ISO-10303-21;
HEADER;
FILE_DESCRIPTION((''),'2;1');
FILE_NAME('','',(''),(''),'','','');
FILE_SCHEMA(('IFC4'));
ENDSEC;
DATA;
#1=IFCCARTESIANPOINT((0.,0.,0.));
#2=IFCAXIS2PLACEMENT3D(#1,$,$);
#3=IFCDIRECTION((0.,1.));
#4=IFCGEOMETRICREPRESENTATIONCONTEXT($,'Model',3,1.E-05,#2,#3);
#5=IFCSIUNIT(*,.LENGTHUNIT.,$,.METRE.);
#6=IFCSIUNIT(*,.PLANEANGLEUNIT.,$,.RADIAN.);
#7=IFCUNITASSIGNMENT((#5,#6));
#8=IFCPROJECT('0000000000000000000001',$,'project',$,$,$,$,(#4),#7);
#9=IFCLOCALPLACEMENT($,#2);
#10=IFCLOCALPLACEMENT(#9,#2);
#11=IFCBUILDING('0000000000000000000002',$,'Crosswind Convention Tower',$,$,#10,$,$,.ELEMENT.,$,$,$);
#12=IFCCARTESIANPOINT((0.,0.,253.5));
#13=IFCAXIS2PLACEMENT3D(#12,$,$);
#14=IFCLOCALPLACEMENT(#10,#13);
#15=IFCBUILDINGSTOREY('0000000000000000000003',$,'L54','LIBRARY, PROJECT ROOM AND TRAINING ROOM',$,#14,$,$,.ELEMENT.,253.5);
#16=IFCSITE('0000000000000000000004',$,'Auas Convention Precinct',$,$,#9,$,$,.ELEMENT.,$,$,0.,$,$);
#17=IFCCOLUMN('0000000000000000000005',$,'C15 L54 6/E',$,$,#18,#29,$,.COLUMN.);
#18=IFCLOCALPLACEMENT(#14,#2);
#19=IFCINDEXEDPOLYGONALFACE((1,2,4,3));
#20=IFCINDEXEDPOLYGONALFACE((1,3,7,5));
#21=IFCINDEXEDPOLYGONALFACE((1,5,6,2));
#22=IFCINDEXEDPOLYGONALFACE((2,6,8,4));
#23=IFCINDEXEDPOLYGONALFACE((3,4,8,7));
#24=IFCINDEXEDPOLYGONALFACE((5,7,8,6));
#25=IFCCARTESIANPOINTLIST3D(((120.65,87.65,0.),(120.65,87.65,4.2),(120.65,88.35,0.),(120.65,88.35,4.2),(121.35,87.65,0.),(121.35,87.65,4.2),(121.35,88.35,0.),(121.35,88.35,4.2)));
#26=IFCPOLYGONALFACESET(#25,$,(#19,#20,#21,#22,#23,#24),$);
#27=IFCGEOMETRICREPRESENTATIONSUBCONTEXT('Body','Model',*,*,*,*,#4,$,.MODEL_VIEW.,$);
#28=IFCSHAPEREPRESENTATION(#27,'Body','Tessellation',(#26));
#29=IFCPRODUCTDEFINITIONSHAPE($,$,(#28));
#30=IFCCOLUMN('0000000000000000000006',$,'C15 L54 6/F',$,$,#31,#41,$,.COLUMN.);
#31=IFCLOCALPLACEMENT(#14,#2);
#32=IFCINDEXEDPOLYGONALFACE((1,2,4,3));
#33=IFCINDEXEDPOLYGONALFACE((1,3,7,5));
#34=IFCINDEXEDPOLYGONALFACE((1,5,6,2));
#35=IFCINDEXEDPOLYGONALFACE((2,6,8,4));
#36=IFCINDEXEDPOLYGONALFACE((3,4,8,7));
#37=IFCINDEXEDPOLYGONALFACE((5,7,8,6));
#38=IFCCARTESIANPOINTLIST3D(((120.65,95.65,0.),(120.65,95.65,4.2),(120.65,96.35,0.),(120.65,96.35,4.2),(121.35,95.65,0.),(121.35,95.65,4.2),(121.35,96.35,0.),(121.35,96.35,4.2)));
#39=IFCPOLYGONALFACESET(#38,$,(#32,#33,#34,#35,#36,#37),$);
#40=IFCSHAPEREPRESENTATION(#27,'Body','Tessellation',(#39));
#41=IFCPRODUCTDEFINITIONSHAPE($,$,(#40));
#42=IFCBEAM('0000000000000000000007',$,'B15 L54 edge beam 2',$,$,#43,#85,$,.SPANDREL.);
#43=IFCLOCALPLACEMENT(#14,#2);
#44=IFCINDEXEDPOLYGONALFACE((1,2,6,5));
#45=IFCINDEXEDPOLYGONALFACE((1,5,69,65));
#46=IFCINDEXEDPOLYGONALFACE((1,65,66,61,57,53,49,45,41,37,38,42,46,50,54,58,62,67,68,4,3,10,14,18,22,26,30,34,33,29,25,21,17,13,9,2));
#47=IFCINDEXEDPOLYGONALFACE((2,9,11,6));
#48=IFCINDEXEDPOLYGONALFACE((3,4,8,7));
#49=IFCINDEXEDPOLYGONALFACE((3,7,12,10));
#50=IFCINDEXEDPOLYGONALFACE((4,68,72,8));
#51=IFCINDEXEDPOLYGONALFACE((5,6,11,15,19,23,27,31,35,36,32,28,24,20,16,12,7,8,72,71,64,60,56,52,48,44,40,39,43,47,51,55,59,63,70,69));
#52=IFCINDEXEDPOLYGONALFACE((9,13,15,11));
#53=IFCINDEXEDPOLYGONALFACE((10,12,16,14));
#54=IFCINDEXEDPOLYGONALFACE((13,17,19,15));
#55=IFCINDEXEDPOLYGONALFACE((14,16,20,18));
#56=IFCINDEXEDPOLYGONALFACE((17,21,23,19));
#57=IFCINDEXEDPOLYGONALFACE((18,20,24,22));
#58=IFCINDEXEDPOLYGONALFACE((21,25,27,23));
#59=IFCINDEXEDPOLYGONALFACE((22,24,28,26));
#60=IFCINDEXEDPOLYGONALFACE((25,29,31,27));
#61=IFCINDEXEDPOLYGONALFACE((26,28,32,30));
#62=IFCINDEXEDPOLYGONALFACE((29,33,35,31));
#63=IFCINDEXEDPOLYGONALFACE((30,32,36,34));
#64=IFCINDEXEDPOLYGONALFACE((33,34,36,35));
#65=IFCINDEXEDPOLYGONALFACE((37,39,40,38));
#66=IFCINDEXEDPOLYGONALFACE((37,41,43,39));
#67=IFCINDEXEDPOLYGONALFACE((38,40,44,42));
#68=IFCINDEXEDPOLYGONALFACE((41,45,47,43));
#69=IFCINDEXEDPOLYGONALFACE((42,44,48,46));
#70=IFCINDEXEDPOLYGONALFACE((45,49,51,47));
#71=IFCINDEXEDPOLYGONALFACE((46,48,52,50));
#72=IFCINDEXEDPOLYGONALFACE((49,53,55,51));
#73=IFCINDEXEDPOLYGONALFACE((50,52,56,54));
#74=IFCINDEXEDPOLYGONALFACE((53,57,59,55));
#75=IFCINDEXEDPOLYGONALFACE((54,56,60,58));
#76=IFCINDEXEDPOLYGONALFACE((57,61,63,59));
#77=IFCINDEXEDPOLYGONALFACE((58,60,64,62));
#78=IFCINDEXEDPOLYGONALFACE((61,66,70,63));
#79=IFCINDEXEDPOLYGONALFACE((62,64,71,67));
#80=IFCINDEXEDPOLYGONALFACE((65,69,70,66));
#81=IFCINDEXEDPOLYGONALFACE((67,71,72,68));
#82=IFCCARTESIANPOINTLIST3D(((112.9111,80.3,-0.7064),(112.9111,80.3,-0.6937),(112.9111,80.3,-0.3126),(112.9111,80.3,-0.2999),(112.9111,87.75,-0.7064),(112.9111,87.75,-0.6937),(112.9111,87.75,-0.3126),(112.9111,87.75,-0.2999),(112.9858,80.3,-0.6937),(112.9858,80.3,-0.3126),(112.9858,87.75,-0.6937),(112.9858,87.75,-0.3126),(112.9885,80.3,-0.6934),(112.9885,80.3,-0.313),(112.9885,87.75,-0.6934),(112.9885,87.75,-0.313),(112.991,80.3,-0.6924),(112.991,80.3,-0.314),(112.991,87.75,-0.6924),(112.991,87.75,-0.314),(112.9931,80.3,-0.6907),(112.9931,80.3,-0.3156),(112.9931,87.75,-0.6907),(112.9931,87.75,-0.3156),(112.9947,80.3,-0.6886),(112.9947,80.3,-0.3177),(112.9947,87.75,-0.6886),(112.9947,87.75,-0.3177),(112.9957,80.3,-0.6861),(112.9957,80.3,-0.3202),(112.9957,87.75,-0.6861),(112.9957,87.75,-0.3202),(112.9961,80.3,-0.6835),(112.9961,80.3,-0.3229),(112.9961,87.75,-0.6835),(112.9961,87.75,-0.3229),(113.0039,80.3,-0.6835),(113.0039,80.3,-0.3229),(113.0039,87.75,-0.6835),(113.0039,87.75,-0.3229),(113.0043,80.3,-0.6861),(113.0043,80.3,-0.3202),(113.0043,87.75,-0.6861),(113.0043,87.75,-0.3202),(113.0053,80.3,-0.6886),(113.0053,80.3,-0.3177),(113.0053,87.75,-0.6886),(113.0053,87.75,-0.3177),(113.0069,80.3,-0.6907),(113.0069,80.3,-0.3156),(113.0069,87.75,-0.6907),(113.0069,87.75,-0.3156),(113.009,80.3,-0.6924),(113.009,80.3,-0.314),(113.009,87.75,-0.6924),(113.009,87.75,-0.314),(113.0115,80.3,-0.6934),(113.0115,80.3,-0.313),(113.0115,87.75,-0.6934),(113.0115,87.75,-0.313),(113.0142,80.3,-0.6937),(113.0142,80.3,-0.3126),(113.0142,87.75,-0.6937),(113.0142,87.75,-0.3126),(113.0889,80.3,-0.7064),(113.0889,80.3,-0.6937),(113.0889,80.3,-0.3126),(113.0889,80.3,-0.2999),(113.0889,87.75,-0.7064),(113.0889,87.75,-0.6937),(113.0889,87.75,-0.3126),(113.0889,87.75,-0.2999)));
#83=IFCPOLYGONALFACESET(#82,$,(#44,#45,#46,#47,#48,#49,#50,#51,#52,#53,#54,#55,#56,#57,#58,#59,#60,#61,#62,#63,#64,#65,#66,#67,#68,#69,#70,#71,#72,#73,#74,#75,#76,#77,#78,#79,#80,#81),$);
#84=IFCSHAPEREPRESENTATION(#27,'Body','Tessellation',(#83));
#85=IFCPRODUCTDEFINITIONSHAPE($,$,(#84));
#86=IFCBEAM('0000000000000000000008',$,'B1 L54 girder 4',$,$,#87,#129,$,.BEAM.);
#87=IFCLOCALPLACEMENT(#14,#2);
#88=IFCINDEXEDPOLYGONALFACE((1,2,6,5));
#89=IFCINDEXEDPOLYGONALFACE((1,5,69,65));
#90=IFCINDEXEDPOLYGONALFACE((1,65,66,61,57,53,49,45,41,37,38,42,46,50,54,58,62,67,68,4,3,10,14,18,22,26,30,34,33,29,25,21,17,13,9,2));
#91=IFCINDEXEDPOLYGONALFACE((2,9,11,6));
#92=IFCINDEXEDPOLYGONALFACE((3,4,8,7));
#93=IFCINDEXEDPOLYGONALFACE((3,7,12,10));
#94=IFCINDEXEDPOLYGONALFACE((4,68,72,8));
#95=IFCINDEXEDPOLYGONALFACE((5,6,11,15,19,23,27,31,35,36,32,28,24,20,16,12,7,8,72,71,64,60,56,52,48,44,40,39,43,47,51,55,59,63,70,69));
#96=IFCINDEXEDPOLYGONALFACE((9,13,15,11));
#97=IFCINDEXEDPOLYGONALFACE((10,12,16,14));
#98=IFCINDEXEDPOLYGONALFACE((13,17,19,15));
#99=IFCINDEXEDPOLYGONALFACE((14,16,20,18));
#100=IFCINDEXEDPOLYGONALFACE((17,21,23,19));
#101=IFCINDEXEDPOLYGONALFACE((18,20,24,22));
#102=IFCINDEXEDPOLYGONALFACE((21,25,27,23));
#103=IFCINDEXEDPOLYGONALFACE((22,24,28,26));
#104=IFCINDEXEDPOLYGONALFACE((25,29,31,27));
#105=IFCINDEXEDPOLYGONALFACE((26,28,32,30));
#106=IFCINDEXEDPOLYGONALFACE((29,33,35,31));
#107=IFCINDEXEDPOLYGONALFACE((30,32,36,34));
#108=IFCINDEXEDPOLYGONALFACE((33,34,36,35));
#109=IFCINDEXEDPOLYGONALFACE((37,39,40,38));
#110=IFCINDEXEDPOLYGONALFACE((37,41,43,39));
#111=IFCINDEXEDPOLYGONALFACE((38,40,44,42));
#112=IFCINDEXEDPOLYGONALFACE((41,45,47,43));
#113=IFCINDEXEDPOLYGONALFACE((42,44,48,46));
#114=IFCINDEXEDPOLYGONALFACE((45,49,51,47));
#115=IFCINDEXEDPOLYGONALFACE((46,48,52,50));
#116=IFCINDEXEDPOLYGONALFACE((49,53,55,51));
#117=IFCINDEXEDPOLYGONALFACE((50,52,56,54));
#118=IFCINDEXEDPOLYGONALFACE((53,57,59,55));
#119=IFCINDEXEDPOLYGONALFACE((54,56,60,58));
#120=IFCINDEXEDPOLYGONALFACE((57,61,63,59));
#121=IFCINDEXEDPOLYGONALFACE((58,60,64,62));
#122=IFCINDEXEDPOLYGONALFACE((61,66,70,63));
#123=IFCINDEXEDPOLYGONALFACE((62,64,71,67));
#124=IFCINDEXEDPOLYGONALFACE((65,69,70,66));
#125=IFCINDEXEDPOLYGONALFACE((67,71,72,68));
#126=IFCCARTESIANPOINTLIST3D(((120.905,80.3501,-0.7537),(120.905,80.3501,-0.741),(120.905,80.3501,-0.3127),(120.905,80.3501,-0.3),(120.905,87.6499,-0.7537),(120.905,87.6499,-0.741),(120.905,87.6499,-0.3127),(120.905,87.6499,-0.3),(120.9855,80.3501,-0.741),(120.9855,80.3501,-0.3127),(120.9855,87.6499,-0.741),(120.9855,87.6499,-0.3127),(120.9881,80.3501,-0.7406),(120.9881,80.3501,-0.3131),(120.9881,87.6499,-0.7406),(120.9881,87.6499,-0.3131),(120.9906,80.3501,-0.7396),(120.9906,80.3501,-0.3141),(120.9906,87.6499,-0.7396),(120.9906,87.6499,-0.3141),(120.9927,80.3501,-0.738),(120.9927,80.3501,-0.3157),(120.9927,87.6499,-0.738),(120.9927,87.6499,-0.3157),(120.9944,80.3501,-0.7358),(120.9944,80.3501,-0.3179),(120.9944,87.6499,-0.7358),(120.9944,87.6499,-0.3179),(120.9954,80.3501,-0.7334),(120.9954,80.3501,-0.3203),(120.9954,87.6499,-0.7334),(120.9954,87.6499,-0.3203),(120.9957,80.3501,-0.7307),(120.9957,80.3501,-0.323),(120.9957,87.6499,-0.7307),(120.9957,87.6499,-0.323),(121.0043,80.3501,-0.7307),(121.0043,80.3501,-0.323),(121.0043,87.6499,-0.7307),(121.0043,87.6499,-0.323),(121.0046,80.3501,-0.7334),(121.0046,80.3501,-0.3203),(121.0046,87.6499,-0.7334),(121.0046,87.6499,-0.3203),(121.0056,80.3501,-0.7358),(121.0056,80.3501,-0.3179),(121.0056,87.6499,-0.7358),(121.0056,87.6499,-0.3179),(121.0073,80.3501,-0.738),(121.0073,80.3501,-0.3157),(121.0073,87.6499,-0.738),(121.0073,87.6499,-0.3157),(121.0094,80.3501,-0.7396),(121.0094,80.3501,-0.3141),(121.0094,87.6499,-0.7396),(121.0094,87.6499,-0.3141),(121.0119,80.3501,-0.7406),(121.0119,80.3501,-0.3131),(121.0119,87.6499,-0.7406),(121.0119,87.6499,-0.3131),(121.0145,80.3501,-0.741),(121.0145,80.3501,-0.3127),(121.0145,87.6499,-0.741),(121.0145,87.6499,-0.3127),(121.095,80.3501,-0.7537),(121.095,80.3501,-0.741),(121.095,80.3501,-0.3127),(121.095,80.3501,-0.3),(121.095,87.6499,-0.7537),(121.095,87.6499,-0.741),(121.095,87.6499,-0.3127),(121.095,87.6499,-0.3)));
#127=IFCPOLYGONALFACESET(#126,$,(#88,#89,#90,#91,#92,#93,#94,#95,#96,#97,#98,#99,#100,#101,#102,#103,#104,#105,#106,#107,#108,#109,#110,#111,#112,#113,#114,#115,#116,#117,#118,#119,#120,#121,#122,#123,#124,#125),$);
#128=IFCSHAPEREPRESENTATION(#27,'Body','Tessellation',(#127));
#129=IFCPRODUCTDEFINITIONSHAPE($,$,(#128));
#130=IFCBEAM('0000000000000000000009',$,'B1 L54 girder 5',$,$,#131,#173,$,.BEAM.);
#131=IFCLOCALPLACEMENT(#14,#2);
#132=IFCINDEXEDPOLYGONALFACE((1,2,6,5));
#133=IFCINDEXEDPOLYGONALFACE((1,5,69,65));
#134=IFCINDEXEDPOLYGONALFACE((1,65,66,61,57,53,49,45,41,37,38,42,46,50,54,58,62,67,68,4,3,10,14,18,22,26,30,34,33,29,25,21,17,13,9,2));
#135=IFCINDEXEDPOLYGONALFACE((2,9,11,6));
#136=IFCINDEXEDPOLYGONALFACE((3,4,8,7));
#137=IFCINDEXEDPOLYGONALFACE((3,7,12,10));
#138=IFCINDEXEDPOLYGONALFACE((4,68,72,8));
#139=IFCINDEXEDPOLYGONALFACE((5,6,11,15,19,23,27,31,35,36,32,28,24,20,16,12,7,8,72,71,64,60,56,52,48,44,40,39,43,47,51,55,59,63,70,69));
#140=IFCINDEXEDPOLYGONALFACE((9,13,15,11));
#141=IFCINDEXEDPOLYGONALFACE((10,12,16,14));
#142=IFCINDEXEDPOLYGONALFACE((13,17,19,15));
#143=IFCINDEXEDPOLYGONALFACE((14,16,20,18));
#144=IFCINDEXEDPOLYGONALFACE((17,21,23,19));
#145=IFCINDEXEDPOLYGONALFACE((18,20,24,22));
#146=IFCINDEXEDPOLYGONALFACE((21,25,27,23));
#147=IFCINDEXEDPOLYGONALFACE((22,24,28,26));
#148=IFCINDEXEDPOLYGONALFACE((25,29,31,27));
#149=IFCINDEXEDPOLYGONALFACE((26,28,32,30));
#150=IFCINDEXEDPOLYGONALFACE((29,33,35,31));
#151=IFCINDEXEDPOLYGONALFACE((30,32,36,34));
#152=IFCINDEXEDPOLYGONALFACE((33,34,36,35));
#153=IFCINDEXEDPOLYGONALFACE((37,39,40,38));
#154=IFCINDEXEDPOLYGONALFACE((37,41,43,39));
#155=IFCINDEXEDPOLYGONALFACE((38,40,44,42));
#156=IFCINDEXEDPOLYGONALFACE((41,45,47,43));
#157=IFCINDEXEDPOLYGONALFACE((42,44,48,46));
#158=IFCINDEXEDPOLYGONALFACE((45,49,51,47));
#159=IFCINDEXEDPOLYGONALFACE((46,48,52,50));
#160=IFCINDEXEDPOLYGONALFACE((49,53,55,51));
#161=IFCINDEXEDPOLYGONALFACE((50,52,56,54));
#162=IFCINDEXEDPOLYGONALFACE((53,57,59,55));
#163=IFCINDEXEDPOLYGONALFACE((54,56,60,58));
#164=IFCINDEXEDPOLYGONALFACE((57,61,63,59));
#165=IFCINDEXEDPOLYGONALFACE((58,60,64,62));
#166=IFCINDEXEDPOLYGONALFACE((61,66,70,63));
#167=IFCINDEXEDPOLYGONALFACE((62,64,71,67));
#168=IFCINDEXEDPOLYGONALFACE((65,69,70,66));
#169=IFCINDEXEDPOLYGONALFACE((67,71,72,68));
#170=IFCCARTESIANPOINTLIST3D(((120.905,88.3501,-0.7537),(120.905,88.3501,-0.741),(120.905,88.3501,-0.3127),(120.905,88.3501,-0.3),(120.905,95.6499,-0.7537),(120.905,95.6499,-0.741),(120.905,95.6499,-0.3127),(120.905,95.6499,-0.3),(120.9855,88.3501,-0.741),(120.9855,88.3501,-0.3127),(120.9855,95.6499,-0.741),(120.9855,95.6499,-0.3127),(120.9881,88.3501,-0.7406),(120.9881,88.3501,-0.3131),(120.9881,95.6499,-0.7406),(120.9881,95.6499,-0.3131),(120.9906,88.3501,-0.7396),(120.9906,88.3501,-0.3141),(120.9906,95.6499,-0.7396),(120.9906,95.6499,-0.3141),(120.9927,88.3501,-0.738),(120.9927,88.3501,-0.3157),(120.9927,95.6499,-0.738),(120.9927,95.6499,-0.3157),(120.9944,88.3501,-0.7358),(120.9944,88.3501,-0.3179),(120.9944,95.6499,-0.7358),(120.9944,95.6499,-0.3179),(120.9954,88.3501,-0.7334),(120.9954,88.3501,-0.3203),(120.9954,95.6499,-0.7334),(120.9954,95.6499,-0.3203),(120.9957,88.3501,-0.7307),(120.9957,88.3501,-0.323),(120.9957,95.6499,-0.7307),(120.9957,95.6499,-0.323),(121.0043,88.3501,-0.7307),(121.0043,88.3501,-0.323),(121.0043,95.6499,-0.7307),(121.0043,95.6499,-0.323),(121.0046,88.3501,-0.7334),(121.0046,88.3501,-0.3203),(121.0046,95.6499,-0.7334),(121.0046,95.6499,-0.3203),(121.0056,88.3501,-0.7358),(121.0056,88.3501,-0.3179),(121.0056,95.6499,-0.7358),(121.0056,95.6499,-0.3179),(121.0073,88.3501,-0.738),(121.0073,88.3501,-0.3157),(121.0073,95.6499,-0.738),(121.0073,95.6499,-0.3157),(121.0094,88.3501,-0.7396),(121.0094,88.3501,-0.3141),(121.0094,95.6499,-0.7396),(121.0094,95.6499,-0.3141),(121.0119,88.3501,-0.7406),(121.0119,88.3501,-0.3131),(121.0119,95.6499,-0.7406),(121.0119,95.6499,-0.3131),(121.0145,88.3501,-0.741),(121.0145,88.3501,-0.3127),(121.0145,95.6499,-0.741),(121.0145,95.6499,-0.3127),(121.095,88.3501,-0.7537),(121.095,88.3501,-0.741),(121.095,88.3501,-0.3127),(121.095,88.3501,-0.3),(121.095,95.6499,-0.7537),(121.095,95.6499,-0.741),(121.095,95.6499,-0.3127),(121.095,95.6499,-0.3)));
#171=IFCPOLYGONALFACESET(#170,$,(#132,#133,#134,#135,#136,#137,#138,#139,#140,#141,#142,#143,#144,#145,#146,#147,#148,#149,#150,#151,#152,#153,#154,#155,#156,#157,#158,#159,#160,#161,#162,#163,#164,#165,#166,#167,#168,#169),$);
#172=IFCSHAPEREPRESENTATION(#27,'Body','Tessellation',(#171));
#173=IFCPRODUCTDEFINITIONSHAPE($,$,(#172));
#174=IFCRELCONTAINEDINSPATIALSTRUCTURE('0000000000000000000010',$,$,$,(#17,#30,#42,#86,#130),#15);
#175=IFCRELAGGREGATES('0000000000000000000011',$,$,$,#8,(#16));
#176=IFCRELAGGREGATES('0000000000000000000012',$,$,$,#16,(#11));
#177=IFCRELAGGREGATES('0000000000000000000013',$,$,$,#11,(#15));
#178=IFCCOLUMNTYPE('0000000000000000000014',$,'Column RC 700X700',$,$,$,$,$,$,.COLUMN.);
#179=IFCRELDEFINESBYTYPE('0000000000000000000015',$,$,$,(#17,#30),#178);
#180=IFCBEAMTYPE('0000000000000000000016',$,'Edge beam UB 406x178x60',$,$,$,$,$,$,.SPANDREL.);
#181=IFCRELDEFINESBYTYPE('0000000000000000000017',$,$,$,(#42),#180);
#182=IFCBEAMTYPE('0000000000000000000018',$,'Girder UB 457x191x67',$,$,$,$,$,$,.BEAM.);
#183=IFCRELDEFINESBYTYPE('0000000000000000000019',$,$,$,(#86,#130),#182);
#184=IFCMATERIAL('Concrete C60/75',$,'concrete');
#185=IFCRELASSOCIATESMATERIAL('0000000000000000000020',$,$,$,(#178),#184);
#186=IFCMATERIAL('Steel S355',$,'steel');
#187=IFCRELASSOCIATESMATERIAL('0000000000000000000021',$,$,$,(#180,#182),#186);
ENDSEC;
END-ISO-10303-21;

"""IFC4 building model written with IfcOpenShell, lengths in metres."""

from ifc_helpers import new_model, si_unit, direction, frame, origin, origin_2d, place, context, subcontext, project, spatial, rectangle, i_section, extrude, material, material_profile, profile_set, type_object, element, save


model = new_model("IFC4")

# Units and contexts
model_context = context("Model", 3, precision=1e-05, world=origin(), true_north=direction((0.0, 1.0)))
body_context = subcontext(model_context, "Body", "Model", "MODEL_VIEW")
ifc_project = project(units=[si_unit("LENGTHUNIT", "METRE"), si_unit("PLANEANGLEUNIT", "RADIAN")], contexts=[model_context])

# Site, building, storey
site_placement = place(None, origin())
site = spatial("IfcSite", under=ifc_project, at=site_placement, Name="Auas Convention Precinct", CompositionType="ELEMENT", RefElevation=0.0)
building_placement = place(site_placement, origin())
building = spatial("IfcBuilding", under=site, at=building_placement, Name="Crosswind Convention Tower", CompositionType="ELEMENT")
storey_placement = place(building_placement, frame((0.0, 0.0, 253.5)))
storey = spatial("IfcBuildingStorey", under=building, at=storey_placement, Name="L54", Description="LIBRARY, PROJECT ROOM AND TRAINING ROOM", CompositionType="ELEMENT", Elevation=253.5)

# Columns
ifc_material_1 = material(Name="Concrete C60/75", Category="concrete")
ifc_material_profile_1 = material_profile(ifc_material_1, rectangle(XDim=0.7, YDim=0.7, at=origin_2d()), Name="RC 700X700")
ifc_profile_set_1 = profile_set([ifc_material_profile_1], Name="Concrete C60/75")
column_type = type_object("IfcColumnType", Name="Column RC 700X700", PredefinedType="COLUMN", material=ifc_profile_set_1)
for number, where, z_axis, x_axis, name in (
    (1, (121.0, 88.0, 0.0), (0.0, 0.0, 1.0), (1.0, 0.0, 0.0), "C15 L54 6/E"),
    (2, (121.0, 96.0, 0.0), (0.0, 0.0, 1.0), (1.0, 0.0, 0.0), "C15 L54 6/F"),
):
    element("IfcColumn", number, at=place(storey_placement, frame(where, z_axis=z_axis, x_axis=x_axis)), inside=storey, type_object=column_type, Name=name, PredefinedType="COLUMN", context=body_context, shape_type="SweptSolid", body=[
        extrude(rectangle(XDim=0.7, YDim=0.7, at=origin_2d()), origin(), (0.0, 0.0, 1.0), 4.2),
    ])

# Beams
ifc_material_2 = material(Name="Steel S355", Category="steel")
ifc_material_profile_2 = material_profile(ifc_material_2, i_section(OverallWidth=0.1777, OverallDepth=0.4065, WebThickness=0.0078, FlangeThickness=0.0127, FilletRadius=0.0103, at=origin_2d()), Name="UB 406x178x60")
ifc_profile_set_2 = profile_set([ifc_material_profile_2], Name="Steel S355")
beam_type_1 = type_object("IfcBeamType", Name="Edge beam UB 406x178x60", PredefinedType="SPANDREL", material=ifc_profile_set_2)
beam_1_placement = place(storey_placement, frame((113.0, 80.3, -0.5032), z_axis=(0.0, 1.0, 0.0), x_axis=(-1.0, 0.0, 0.0)))
element("IfcBeam", 3, at=beam_1_placement, inside=storey, type_object=beam_type_1, Name="B15 L54 edge beam 2", PredefinedType="SPANDREL", context=body_context, shape_type="SweptSolid", body=[
    extrude(i_section(OverallWidth=0.1777, OverallDepth=0.4065, WebThickness=0.0078, FlangeThickness=0.0127, FilletRadius=0.0103, at=origin_2d()), origin(), (0.0, 0.0, 1.0), 7.45),
])
ifc_material_profile_3 = material_profile(ifc_material_2, i_section(OverallWidth=0.1899, OverallDepth=0.4536, WebThickness=0.0085, FlangeThickness=0.0127, FilletRadius=0.0103, at=origin_2d()), Name="UB 457x191x67")
ifc_profile_set_3 = profile_set([ifc_material_profile_3], Name="Steel S355")
beam_type_2 = type_object("IfcBeamType", Name="Girder UB 457x191x67", PredefinedType="BEAM", material=ifc_profile_set_3)
for number, where, z_axis, x_axis, name in (
    (4, (121.0, 80.3501, -0.5269), (0.0, 1.0, 0.0), (-1.0, 0.0, 0.0), "B1 L54 girder 4"),
    (5, (121.0, 88.3501, -0.5269), (0.0, 1.0, 0.0), (-1.0, 0.0, 0.0), "B1 L54 girder 5"),
):
    element("IfcBeam", number, at=place(storey_placement, frame(where, z_axis=z_axis, x_axis=x_axis)), inside=storey, type_object=beam_type_2, Name=name, PredefinedType="BEAM", context=body_context, shape_type="SweptSolid", body=[
        extrude(i_section(OverallWidth=0.1899, OverallDepth=0.4536, WebThickness=0.0085, FlangeThickness=0.0127, FilletRadius=0.0103, at=origin_2d()), origin(), (0.0, 0.0, 1.0), 7.2998),
    ])

save(model, "model.ifc")
